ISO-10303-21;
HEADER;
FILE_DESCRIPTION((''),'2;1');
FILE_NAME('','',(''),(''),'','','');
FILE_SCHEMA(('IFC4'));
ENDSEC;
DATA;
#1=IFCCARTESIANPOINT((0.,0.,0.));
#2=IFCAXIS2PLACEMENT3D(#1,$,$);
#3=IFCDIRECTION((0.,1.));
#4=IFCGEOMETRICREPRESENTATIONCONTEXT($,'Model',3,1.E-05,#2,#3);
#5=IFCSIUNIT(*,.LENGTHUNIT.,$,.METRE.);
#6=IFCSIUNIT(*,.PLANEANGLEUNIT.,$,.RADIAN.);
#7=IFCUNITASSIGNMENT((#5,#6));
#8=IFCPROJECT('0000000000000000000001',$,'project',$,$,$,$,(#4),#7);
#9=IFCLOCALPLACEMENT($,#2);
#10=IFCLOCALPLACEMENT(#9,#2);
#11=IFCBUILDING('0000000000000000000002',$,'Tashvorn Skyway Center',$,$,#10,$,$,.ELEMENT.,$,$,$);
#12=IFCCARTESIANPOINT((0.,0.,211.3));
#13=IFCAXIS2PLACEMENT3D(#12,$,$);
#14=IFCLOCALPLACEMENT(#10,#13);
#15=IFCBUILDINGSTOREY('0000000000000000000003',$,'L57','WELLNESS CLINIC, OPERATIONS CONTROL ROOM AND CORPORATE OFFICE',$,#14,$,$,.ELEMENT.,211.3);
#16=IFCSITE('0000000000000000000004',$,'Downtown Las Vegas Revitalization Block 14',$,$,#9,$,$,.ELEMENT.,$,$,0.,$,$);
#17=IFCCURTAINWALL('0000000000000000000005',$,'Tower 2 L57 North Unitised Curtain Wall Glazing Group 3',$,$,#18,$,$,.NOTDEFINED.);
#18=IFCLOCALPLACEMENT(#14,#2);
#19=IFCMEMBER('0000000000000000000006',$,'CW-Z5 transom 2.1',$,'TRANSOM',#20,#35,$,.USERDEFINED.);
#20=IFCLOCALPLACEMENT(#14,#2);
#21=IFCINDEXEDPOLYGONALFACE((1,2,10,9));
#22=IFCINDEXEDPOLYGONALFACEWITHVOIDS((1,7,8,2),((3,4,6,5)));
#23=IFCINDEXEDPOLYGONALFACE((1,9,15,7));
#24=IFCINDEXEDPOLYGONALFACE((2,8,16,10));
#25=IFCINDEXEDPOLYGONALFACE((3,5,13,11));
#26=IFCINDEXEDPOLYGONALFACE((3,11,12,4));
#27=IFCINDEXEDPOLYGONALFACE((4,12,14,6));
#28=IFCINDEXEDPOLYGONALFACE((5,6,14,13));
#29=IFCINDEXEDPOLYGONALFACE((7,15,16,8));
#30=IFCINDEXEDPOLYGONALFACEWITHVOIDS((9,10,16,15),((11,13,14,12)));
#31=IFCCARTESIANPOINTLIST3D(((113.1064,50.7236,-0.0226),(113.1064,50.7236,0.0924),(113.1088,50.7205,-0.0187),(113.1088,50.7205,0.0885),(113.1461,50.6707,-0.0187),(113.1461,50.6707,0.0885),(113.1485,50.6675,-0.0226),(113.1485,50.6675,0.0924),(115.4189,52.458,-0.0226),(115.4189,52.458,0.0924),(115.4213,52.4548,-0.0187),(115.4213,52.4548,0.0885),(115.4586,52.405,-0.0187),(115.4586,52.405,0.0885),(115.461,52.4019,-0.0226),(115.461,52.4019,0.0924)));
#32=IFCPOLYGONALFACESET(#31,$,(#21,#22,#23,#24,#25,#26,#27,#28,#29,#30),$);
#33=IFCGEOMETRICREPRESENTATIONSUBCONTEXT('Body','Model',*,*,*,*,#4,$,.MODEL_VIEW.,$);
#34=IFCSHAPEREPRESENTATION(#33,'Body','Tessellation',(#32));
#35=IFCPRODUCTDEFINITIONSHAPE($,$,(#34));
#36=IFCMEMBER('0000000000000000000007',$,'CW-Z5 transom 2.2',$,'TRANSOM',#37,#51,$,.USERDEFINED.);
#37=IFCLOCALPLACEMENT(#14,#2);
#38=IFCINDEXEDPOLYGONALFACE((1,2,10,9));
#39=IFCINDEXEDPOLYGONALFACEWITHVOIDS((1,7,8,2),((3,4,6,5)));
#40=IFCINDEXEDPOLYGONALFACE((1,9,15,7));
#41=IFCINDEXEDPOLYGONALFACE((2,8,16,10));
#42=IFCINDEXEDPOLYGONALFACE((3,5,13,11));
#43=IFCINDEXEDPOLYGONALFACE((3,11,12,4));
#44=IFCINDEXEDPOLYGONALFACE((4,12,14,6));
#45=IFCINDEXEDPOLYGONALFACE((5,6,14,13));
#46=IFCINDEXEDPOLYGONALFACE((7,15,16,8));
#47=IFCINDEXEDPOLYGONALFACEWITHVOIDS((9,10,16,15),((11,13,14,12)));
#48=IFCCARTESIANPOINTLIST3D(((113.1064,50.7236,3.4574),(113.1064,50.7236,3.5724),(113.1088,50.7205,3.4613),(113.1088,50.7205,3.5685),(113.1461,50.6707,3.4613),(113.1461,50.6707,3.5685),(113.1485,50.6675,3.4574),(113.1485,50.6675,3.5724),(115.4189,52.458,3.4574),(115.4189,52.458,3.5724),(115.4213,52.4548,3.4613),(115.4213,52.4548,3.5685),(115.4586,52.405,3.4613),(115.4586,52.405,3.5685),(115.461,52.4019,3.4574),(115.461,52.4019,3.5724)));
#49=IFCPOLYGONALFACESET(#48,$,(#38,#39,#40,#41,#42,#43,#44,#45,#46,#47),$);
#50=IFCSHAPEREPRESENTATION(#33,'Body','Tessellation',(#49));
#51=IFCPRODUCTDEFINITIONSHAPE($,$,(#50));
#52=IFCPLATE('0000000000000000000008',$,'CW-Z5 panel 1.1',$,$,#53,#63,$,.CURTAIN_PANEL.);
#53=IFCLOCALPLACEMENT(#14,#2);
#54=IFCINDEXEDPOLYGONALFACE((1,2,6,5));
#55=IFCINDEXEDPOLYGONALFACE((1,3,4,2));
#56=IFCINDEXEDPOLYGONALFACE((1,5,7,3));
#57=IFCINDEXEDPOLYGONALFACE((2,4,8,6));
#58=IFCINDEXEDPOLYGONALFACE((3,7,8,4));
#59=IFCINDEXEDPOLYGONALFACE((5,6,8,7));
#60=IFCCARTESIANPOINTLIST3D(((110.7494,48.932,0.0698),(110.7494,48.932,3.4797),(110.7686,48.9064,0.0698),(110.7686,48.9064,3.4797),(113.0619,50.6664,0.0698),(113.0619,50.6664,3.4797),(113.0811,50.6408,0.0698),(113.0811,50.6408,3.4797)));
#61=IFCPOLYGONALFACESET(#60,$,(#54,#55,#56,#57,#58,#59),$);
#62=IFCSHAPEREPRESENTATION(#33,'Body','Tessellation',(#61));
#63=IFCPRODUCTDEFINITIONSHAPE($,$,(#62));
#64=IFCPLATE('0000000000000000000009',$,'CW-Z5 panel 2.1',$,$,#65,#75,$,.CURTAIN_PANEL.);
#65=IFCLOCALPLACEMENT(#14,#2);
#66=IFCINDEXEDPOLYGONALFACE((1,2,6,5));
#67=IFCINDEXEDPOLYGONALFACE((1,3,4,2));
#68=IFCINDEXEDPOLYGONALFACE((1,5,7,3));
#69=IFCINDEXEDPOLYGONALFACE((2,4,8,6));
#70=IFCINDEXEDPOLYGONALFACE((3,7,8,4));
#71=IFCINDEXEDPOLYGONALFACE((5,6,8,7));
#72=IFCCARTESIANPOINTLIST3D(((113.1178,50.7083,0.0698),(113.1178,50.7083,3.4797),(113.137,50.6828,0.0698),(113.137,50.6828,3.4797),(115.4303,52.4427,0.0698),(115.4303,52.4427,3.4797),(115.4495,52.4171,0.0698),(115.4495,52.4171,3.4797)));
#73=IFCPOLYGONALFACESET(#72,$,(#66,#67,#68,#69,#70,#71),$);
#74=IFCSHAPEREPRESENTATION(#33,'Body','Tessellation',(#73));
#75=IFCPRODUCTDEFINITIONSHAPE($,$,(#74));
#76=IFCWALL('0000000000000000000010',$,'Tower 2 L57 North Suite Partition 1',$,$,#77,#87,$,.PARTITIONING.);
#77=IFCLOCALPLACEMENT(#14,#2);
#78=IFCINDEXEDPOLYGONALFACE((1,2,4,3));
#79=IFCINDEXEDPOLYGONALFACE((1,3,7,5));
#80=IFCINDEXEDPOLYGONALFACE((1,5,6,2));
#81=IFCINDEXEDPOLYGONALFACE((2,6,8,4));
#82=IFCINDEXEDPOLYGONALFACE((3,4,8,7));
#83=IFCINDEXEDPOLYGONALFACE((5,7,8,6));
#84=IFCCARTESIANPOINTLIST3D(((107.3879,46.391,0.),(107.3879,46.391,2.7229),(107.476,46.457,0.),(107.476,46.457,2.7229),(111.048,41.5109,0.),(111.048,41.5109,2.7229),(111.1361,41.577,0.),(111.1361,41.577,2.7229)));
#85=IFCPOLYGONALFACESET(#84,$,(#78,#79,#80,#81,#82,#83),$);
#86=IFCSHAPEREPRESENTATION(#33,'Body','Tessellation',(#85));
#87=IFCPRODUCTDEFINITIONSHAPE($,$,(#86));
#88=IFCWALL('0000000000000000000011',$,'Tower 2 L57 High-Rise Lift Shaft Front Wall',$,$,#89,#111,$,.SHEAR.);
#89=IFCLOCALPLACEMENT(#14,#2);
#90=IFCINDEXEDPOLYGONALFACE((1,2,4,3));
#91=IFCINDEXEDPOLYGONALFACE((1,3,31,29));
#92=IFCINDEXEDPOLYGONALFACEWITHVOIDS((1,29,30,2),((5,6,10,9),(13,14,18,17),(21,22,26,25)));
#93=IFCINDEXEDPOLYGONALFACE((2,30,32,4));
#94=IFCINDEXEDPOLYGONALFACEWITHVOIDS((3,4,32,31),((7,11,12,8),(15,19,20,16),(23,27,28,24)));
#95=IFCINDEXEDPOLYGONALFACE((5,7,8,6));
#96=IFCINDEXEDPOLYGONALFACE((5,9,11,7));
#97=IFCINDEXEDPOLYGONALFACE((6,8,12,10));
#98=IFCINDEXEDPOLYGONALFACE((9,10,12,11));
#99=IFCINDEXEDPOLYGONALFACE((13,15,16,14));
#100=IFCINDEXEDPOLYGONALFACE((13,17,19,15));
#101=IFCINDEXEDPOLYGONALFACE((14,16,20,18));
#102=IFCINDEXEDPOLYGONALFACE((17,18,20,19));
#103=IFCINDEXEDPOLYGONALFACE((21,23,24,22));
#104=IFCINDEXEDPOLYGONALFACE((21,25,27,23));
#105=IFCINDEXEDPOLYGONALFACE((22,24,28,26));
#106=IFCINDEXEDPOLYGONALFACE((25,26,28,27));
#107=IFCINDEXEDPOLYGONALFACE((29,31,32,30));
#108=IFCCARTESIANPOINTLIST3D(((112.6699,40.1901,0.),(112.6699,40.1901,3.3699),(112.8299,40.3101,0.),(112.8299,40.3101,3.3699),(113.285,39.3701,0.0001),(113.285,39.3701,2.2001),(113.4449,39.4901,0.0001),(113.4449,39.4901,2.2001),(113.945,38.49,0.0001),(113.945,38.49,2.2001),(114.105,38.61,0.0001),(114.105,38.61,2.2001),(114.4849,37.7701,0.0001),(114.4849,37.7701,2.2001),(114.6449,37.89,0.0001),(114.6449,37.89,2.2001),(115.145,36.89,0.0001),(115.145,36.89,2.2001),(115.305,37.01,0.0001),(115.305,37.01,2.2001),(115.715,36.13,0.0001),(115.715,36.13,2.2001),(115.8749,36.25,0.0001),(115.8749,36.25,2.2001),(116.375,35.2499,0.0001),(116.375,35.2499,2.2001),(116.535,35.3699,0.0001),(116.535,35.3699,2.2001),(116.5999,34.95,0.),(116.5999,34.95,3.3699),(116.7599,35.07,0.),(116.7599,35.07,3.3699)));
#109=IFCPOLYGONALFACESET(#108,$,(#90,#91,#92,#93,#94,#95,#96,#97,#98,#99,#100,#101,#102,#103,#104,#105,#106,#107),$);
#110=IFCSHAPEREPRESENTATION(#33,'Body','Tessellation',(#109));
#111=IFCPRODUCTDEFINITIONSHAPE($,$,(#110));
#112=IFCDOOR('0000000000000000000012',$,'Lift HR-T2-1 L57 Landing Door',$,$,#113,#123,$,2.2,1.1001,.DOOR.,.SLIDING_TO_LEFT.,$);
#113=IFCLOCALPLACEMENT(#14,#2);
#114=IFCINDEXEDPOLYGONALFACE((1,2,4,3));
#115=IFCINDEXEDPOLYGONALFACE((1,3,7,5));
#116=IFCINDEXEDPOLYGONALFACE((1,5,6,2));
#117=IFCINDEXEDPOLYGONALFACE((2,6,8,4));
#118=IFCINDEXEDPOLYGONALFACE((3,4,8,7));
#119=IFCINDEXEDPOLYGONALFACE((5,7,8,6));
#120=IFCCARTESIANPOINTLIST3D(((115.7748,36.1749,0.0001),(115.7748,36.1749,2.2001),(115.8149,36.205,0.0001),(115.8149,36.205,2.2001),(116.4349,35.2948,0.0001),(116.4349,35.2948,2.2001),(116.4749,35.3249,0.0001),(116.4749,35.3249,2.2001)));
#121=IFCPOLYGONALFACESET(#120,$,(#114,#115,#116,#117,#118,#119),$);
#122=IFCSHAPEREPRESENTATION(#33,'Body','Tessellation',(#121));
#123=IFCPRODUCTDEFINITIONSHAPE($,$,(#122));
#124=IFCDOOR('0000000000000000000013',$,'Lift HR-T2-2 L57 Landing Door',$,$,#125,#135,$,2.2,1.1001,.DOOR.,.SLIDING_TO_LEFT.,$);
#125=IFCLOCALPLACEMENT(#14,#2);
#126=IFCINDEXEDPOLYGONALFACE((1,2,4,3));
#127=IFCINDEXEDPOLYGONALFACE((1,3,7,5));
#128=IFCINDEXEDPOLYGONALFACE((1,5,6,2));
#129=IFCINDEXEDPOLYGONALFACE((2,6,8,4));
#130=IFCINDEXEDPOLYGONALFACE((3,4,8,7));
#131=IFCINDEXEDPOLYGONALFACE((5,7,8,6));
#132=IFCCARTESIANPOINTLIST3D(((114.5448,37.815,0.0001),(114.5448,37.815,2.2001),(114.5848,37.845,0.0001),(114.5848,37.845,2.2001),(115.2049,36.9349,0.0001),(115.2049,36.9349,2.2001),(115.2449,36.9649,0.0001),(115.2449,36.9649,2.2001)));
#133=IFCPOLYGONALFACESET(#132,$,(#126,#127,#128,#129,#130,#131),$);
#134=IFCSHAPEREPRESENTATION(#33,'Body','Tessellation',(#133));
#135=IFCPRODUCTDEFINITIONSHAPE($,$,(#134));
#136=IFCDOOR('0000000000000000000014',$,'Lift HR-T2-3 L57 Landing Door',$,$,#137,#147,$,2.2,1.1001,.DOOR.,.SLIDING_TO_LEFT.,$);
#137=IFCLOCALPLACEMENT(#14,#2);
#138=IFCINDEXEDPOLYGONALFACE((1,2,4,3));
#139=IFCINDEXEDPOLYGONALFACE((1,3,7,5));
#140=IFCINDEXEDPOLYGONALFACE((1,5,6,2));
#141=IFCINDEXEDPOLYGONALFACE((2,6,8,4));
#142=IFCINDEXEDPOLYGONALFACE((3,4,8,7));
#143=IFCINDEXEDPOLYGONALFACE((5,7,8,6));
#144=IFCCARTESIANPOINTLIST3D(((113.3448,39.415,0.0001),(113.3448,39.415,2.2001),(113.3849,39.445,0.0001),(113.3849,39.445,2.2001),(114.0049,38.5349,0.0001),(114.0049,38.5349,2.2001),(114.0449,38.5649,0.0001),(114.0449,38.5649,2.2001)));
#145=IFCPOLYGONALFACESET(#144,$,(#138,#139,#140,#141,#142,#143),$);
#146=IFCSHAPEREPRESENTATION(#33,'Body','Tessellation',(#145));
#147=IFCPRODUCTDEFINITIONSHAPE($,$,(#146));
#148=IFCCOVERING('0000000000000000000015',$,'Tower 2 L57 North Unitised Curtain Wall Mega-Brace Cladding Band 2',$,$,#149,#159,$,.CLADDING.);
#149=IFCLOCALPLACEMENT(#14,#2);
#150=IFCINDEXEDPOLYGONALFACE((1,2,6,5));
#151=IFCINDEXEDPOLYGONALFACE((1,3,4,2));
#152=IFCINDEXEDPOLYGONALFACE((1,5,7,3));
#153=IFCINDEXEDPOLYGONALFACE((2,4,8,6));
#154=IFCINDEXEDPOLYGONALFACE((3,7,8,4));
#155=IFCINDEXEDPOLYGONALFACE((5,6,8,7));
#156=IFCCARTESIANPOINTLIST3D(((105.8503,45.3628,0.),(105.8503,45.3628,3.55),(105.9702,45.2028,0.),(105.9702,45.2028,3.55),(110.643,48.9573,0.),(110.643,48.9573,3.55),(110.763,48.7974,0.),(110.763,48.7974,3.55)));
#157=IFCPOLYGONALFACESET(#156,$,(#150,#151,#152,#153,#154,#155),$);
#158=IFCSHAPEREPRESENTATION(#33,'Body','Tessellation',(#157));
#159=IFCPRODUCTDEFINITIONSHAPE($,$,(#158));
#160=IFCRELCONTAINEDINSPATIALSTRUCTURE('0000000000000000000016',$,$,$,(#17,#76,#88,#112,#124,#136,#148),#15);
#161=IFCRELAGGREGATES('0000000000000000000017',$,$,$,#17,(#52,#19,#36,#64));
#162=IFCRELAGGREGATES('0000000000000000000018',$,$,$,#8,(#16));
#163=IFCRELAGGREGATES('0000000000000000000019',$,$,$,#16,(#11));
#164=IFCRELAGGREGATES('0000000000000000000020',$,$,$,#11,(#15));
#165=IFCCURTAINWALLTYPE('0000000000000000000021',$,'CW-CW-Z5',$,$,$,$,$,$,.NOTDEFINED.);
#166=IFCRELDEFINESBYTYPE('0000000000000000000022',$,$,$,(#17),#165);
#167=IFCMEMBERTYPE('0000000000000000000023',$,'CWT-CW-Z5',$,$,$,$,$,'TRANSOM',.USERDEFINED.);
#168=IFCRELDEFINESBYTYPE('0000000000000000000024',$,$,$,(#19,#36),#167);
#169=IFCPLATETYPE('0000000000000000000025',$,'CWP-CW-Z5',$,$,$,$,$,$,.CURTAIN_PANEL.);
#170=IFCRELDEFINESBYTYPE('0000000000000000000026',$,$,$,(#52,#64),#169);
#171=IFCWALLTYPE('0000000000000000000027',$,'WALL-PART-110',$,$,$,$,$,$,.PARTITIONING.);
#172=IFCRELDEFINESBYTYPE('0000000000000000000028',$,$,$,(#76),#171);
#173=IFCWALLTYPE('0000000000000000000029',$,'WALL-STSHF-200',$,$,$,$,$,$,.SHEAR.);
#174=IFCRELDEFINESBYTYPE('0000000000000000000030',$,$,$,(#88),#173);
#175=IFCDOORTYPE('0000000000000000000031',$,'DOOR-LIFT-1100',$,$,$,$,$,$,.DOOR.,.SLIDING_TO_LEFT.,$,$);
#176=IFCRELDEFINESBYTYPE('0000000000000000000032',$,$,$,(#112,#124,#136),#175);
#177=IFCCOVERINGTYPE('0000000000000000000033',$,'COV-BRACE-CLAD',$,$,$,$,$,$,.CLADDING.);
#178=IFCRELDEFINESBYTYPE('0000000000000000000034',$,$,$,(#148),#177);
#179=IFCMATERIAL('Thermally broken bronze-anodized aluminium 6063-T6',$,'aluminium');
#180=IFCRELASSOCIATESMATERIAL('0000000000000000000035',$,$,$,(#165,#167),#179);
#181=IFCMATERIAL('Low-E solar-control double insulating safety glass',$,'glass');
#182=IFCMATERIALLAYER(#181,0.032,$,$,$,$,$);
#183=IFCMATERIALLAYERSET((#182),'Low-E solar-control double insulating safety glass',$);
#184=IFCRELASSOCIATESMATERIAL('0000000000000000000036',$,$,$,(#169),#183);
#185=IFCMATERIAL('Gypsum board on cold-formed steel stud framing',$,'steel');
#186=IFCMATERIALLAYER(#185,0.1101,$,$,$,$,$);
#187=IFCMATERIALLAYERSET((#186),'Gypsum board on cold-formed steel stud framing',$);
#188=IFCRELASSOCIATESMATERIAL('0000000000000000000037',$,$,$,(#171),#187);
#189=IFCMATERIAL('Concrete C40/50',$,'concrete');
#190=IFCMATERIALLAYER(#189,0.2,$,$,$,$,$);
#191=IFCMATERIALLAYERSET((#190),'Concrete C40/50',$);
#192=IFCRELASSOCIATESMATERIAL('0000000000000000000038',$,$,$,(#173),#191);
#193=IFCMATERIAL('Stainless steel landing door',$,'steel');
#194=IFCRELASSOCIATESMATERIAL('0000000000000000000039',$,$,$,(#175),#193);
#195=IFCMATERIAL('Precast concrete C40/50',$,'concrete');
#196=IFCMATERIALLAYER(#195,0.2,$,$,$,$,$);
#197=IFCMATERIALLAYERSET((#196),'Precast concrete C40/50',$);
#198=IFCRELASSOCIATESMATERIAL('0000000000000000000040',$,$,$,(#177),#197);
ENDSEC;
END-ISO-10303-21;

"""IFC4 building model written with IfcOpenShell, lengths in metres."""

from ifc_helpers import new_model, si_unit, direction, frame, frame_2d, origin, origin_2d, place, context, subcontext, project, spatial, rectangle, hollow_rectangle, extrude, material, layer, layer_set, material_profile, profile_set, type_object, element, fill, aggregate, save


model = new_model("IFC4")

# Units and contexts
model_context = context("Model", 3, precision=1e-05, world=origin(), true_north=direction((0.0, 1.0)))
body_context = subcontext(model_context, "Body", "Model", "MODEL_VIEW")
ifc_project = project(units=[si_unit("LENGTHUNIT", "METRE"), si_unit("PLANEANGLEUNIT", "RADIAN")], contexts=[model_context])

# Site, building, storey
site_placement = place(None, origin())
site = spatial("IfcSite", under=ifc_project, at=site_placement, Name="Downtown Las Vegas Revitalization Block 14", CompositionType="ELEMENT", RefElevation=0.0)
building_placement = place(site_placement, origin())
building = spatial("IfcBuilding", under=site, at=building_placement, Name="Tashvorn Skyway Center", CompositionType="ELEMENT")
storey_placement = place(building_placement, frame((0.0, 0.0, 211.3)))
storey = spatial("IfcBuildingStorey", under=building, at=storey_placement, Name="L57", Description="WELLNESS CLINIC, OPERATIONS CONTROL ROOM AND CORPORATE OFFICE", CompositionType="ELEMENT", Elevation=211.3)

# Shared definitions
ifc_material_1 = material(Name="Thermally broken bronze-anodized aluminium 6063-T6", Category="aluminium")
curtain_wall_type = type_object("IfcCurtainWallType", Name="CW-CW-Z5", PredefinedType="NOTDEFINED", material=ifc_material_1)

# Curtain wall, members, plates
curtain_wall_1_placement = place(storey_placement, origin())
curtain_wall_1 = element("IfcCurtainWall", 1, at=curtain_wall_1_placement, inside=storey, type_object=curtain_wall_type, Name="Tower 2 L57 North Unitised Curtain Wall Glazing Group 3", PredefinedType="NOTDEFINED")
ifc_material_profile_1 = material_profile(ifc_material_1, hollow_rectangle(XDim=0.0701, YDim=0.115, WallThickness=0.0039, at=origin_2d()), Name="ALU-TRAN-70x115")
ifc_profile_set_1 = profile_set([ifc_material_profile_1], Name="Thermally broken bronze-anodized aluminium 6063-T6")
member_type_1 = type_object("IfcMemberType", Name="CWT-CW-Z5", ElementType="TRANSOM", PredefinedType="USERDEFINED", material=ifc_profile_set_1)
member_1_placement = place(storey_placement, frame((113.1274, 50.6956, 0.0349), z_axis=(0.8, 0.6, 0.0), x_axis=(-0.6, 0.8, 0.0)))
member_1 = element("IfcMember", 2, at=member_1_placement, type_object=member_type_1, Name="CW-Z5 transom 2.1", ObjectType="TRANSOM", PredefinedType="USERDEFINED", context=body_context, shape_type="SweptSolid", body=[
    extrude(hollow_rectangle(XDim=0.0701, YDim=0.115, WallThickness=0.0039, at=origin_2d()), origin(), (0.0, 0.0, 1.0), 2.8906),
])
member_2_placement = place(storey_placement, frame((113.1274, 50.6956, 3.5149), z_axis=(0.8, 0.6, 0.0), x_axis=(-0.6, 0.8, 0.0)))
member_2 = element("IfcMember", 3, at=member_2_placement, type_object=member_type_1, Name="CW-Z5 transom 2.2", ObjectType="TRANSOM", PredefinedType="USERDEFINED", context=body_context, shape_type="SweptSolid", body=[
    extrude(hollow_rectangle(XDim=0.0701, YDim=0.115, WallThickness=0.0039, at=origin_2d()), origin(), (0.0, 0.0, 1.0), 2.8906),
])
ifc_material_2 = material(Name="Low-E solar-control double insulating safety glass", Category="glass")
ifc_layer_1 = layer(ifc_material_2, 0.032)
ifc_layer_set_1 = layer_set([ifc_layer_1], Name="Low-E solar-control double insulating safety glass")
plate_type = type_object("IfcPlateType", Name="CWP-CW-Z5", PredefinedType="CURTAIN_PANEL", material=ifc_layer_set_1)
plate_1_placement = place(storey_placement, frame((111.9153, 49.7864, 0.0698), z_axis=(0.0, 0.0, 1.0), x_axis=(0.799998, 0.600003, 0.0)))
plate_1 = element("IfcPlate", 4, at=plate_1_placement, type_object=plate_type, Name="CW-Z5 panel 1.1", PredefinedType="CURTAIN_PANEL", context=body_context, shape_type="SweptSolid", body=[
    extrude(rectangle(XDim=2.8906, YDim=0.032, at=origin_2d()), origin(), (0.0, 0.0, 1.0), 3.4099),
])
plate_2_placement = place(storey_placement, frame((114.2837, 51.5627, 0.0698), z_axis=(0.0, 0.0, 1.0), x_axis=(0.799998, 0.600003, 0.0)))
plate_2 = element("IfcPlate", 5, at=plate_2_placement, type_object=plate_type, Name="CW-Z5 panel 2.1", PredefinedType="CURTAIN_PANEL", context=body_context, shape_type="SweptSolid", body=[
    extrude(rectangle(XDim=2.8906, YDim=0.032, at=origin_2d()), origin(), (0.0, 0.0, 1.0), 3.4099),
])
aggregate(curtain_wall_1, [plate_1, member_1, member_2, plate_2])

# Wall
ifc_material_3 = material(Name="Gypsum board on cold-formed steel stud framing", Category="steel")
ifc_layer_2 = layer(ifc_material_3, 0.1101)
ifc_layer_set_2 = layer_set([ifc_layer_2], Name="Gypsum board on cold-formed steel stud framing")
wall_type_1 = type_object("IfcWallType", Name="WALL-PART-110", PredefinedType="PARTITIONING", material=ifc_layer_set_2)
wall_1_placement = place(storey_placement, frame((111.092, 41.5439, 0.0), z_axis=(0.0, 0.0, 1.0), x_axis=(-0.600006, 0.799995, 0.0)))
element("IfcWall", 6, at=wall_1_placement, inside=storey, type_object=wall_type_1, Name="Tower 2 L57 North Suite Partition 1", PredefinedType="PARTITIONING", context=body_context, shape_type="SweptSolid", body=[
    extrude(rectangle(XDim=6.1001, YDim=0.1101, at=frame_2d((3.05, 0.0))), origin(), (0.0, 0.0, 1.0), 2.7229),
])

# Wall, openings, doors
ifc_material_4 = material(Name="Concrete C40/50", Category="concrete")
ifc_layer_3 = layer(ifc_material_4, 0.2)
ifc_layer_set_3 = layer_set([ifc_layer_3], Name="Concrete C40/50")
wall_type_2 = type_object("IfcWallType", Name="WALL-STSHF-200", PredefinedType="SHEAR", material=ifc_layer_set_3)
wall_2_placement = place(storey_placement, frame((112.75, 40.25, 0.0), z_axis=(0.0, 0.0, 1.0), x_axis=(0.599994, -0.800004, 0.0)))
wall_2 = element("IfcWall", 7, at=wall_2_placement, inside=storey, type_object=wall_type_2, Name="Tower 2 L57 High-Rise Lift Shaft Front Wall", PredefinedType="SHEAR", context=body_context, shape_type="SweptSolid", body=[
    extrude(rectangle(XDim=6.55, YDim=0.2, at=frame_2d((3.2749, 0.0))), origin(), (0.0, 0.0, 1.0), 3.3699),
])
opening_1_placement = place(wall_2_placement, frame((5.075, 0.0, 0.0)))
opening_1 = element("IfcOpeningElement", 8, at=opening_1_placement, cuts=wall_2, PredefinedType="OPENING", context=body_context, shape_type="SweptSolid", body=[
    extrude(rectangle(XDim=1.1001, YDim=2.2, at=frame_2d((0.55, 1.1001))), frame((0.0, 0.1099, 0.0), z_axis=(0.0, -1.0, 0.0), x_axis=(1.0, 0.0, 0.0)), (0.0, 0.0, 1.0), 0.22),
])
opening_2_placement = place(wall_2_placement, frame((3.0249, 0.0, 0.0)))
opening_2 = element("IfcOpeningElement", 9, at=opening_2_placement, cuts=wall_2, PredefinedType="OPENING", context=body_context, shape_type="SweptSolid", body=[
    extrude(rectangle(XDim=1.1001, YDim=2.2, at=frame_2d((0.55, 1.1001))), frame((0.0, 0.1099, 0.0), z_axis=(0.0, -1.0, 0.0), x_axis=(1.0, 0.0, 0.0)), (0.0, 0.0, 1.0), 0.22),
])
opening_3_placement = place(wall_2_placement, frame((1.0249, 0.0, 0.0)))
opening_3 = element("IfcOpeningElement", 10, at=opening_3_placement, cuts=wall_2, PredefinedType="OPENING", context=body_context, shape_type="SweptSolid", body=[
    extrude(rectangle(XDim=1.1001, YDim=2.2, at=frame_2d((0.55, 1.1001))), frame((0.0, 0.1099, 0.0), z_axis=(0.0, -1.0, 0.0), x_axis=(1.0, 0.0, 0.0)), (0.0, 0.0, 1.0), 0.22),
])
ifc_material_5 = material(Name="Stainless steel landing door", Category="steel")
door_type = type_object("IfcDoorType", Name="DOOR-LIFT-1100", OperationType="SLIDING_TO_LEFT", PredefinedType="DOOR", material=ifc_material_5)
door_1_placement = place(opening_1_placement, origin())
door_1 = element("IfcDoor", 11, at=door_1_placement, inside=storey, type_object=door_type, Name="Lift HR-T2-1 L57 Landing Door", OperationType="SLIDING_TO_LEFT", OverallHeight=2.2, OverallWidth=1.1001, PredefinedType="DOOR", context=body_context, shape_type="SweptSolid", body=[
    extrude(rectangle(XDim=1.1001, YDim=2.2, at=frame_2d((0.55, 1.1001))), frame((0.0, 0.0249, 0.0), z_axis=(0.0, -1.0, 0.0), x_axis=(1.0, 0.0, 0.0)), (0.0, 0.0, 1.0), 0.05),
])
fill(opening_1, door_1)
door_2_placement = place(opening_2_placement, origin())
door_2 = element("IfcDoor", 12, at=door_2_placement, inside=storey, type_object=door_type, Name="Lift HR-T2-2 L57 Landing Door", OperationType="SLIDING_TO_LEFT", OverallHeight=2.2, OverallWidth=1.1001, PredefinedType="DOOR", context=body_context, shape_type="SweptSolid", body=[
    extrude(rectangle(XDim=1.1001, YDim=2.2, at=frame_2d((0.55, 1.1001))), frame((0.0, 0.0249, 0.0), z_axis=(0.0, -1.0, 0.0), x_axis=(1.0, 0.0, 0.0)), (0.0, 0.0, 1.0), 0.05),
])
fill(opening_2, door_2)
door_3_placement = place(opening_3_placement, origin())
door_3 = element("IfcDoor", 13, at=door_3_placement, inside=storey, type_object=door_type, Name="Lift HR-T2-3 L57 Landing Door", OperationType="SLIDING_TO_LEFT", OverallHeight=2.2, OverallWidth=1.1001, PredefinedType="DOOR", context=body_context, shape_type="SweptSolid", body=[
    extrude(rectangle(XDim=1.1001, YDim=2.2, at=frame_2d((0.55, 1.1001))), frame((0.0, 0.0249, 0.0), z_axis=(0.0, -1.0, 0.0), x_axis=(1.0, 0.0, 0.0)), (0.0, 0.0, 1.0), 0.05),
])
fill(opening_3, door_3)

# Covering
ifc_material_6 = material(Name="Precast concrete C40/50", Category="concrete")
ifc_layer_4 = layer(ifc_material_6, 0.2)
ifc_layer_set_4 = layer_set([ifc_layer_4], Name="Precast concrete C40/50")
covering_type = type_object("IfcCoveringType", Name="COV-BRACE-CLAD", PredefinedType="CLADDING", material=ifc_layer_set_4)
covering_placement = place(storey_placement, frame((108.3066, 47.0801, 0.0), z_axis=(0.0, 0.0, 1.0), x_axis=(0.8, 0.6, 0.0)))
element("IfcCovering", 14, at=covering_placement, inside=storey, type_object=covering_type, Name="Tower 2 L57 North Unitised Curtain Wall Mega-Brace Cladding Band 2", PredefinedType="CLADDING", context=body_context, shape_type="SweptSolid", body=[
    extrude(rectangle(XDim=5.991, YDim=0.2, at=origin_2d()), origin(), (0.0, 0.0, 1.0), 3.55),
])

save(model, "model.ifc")
